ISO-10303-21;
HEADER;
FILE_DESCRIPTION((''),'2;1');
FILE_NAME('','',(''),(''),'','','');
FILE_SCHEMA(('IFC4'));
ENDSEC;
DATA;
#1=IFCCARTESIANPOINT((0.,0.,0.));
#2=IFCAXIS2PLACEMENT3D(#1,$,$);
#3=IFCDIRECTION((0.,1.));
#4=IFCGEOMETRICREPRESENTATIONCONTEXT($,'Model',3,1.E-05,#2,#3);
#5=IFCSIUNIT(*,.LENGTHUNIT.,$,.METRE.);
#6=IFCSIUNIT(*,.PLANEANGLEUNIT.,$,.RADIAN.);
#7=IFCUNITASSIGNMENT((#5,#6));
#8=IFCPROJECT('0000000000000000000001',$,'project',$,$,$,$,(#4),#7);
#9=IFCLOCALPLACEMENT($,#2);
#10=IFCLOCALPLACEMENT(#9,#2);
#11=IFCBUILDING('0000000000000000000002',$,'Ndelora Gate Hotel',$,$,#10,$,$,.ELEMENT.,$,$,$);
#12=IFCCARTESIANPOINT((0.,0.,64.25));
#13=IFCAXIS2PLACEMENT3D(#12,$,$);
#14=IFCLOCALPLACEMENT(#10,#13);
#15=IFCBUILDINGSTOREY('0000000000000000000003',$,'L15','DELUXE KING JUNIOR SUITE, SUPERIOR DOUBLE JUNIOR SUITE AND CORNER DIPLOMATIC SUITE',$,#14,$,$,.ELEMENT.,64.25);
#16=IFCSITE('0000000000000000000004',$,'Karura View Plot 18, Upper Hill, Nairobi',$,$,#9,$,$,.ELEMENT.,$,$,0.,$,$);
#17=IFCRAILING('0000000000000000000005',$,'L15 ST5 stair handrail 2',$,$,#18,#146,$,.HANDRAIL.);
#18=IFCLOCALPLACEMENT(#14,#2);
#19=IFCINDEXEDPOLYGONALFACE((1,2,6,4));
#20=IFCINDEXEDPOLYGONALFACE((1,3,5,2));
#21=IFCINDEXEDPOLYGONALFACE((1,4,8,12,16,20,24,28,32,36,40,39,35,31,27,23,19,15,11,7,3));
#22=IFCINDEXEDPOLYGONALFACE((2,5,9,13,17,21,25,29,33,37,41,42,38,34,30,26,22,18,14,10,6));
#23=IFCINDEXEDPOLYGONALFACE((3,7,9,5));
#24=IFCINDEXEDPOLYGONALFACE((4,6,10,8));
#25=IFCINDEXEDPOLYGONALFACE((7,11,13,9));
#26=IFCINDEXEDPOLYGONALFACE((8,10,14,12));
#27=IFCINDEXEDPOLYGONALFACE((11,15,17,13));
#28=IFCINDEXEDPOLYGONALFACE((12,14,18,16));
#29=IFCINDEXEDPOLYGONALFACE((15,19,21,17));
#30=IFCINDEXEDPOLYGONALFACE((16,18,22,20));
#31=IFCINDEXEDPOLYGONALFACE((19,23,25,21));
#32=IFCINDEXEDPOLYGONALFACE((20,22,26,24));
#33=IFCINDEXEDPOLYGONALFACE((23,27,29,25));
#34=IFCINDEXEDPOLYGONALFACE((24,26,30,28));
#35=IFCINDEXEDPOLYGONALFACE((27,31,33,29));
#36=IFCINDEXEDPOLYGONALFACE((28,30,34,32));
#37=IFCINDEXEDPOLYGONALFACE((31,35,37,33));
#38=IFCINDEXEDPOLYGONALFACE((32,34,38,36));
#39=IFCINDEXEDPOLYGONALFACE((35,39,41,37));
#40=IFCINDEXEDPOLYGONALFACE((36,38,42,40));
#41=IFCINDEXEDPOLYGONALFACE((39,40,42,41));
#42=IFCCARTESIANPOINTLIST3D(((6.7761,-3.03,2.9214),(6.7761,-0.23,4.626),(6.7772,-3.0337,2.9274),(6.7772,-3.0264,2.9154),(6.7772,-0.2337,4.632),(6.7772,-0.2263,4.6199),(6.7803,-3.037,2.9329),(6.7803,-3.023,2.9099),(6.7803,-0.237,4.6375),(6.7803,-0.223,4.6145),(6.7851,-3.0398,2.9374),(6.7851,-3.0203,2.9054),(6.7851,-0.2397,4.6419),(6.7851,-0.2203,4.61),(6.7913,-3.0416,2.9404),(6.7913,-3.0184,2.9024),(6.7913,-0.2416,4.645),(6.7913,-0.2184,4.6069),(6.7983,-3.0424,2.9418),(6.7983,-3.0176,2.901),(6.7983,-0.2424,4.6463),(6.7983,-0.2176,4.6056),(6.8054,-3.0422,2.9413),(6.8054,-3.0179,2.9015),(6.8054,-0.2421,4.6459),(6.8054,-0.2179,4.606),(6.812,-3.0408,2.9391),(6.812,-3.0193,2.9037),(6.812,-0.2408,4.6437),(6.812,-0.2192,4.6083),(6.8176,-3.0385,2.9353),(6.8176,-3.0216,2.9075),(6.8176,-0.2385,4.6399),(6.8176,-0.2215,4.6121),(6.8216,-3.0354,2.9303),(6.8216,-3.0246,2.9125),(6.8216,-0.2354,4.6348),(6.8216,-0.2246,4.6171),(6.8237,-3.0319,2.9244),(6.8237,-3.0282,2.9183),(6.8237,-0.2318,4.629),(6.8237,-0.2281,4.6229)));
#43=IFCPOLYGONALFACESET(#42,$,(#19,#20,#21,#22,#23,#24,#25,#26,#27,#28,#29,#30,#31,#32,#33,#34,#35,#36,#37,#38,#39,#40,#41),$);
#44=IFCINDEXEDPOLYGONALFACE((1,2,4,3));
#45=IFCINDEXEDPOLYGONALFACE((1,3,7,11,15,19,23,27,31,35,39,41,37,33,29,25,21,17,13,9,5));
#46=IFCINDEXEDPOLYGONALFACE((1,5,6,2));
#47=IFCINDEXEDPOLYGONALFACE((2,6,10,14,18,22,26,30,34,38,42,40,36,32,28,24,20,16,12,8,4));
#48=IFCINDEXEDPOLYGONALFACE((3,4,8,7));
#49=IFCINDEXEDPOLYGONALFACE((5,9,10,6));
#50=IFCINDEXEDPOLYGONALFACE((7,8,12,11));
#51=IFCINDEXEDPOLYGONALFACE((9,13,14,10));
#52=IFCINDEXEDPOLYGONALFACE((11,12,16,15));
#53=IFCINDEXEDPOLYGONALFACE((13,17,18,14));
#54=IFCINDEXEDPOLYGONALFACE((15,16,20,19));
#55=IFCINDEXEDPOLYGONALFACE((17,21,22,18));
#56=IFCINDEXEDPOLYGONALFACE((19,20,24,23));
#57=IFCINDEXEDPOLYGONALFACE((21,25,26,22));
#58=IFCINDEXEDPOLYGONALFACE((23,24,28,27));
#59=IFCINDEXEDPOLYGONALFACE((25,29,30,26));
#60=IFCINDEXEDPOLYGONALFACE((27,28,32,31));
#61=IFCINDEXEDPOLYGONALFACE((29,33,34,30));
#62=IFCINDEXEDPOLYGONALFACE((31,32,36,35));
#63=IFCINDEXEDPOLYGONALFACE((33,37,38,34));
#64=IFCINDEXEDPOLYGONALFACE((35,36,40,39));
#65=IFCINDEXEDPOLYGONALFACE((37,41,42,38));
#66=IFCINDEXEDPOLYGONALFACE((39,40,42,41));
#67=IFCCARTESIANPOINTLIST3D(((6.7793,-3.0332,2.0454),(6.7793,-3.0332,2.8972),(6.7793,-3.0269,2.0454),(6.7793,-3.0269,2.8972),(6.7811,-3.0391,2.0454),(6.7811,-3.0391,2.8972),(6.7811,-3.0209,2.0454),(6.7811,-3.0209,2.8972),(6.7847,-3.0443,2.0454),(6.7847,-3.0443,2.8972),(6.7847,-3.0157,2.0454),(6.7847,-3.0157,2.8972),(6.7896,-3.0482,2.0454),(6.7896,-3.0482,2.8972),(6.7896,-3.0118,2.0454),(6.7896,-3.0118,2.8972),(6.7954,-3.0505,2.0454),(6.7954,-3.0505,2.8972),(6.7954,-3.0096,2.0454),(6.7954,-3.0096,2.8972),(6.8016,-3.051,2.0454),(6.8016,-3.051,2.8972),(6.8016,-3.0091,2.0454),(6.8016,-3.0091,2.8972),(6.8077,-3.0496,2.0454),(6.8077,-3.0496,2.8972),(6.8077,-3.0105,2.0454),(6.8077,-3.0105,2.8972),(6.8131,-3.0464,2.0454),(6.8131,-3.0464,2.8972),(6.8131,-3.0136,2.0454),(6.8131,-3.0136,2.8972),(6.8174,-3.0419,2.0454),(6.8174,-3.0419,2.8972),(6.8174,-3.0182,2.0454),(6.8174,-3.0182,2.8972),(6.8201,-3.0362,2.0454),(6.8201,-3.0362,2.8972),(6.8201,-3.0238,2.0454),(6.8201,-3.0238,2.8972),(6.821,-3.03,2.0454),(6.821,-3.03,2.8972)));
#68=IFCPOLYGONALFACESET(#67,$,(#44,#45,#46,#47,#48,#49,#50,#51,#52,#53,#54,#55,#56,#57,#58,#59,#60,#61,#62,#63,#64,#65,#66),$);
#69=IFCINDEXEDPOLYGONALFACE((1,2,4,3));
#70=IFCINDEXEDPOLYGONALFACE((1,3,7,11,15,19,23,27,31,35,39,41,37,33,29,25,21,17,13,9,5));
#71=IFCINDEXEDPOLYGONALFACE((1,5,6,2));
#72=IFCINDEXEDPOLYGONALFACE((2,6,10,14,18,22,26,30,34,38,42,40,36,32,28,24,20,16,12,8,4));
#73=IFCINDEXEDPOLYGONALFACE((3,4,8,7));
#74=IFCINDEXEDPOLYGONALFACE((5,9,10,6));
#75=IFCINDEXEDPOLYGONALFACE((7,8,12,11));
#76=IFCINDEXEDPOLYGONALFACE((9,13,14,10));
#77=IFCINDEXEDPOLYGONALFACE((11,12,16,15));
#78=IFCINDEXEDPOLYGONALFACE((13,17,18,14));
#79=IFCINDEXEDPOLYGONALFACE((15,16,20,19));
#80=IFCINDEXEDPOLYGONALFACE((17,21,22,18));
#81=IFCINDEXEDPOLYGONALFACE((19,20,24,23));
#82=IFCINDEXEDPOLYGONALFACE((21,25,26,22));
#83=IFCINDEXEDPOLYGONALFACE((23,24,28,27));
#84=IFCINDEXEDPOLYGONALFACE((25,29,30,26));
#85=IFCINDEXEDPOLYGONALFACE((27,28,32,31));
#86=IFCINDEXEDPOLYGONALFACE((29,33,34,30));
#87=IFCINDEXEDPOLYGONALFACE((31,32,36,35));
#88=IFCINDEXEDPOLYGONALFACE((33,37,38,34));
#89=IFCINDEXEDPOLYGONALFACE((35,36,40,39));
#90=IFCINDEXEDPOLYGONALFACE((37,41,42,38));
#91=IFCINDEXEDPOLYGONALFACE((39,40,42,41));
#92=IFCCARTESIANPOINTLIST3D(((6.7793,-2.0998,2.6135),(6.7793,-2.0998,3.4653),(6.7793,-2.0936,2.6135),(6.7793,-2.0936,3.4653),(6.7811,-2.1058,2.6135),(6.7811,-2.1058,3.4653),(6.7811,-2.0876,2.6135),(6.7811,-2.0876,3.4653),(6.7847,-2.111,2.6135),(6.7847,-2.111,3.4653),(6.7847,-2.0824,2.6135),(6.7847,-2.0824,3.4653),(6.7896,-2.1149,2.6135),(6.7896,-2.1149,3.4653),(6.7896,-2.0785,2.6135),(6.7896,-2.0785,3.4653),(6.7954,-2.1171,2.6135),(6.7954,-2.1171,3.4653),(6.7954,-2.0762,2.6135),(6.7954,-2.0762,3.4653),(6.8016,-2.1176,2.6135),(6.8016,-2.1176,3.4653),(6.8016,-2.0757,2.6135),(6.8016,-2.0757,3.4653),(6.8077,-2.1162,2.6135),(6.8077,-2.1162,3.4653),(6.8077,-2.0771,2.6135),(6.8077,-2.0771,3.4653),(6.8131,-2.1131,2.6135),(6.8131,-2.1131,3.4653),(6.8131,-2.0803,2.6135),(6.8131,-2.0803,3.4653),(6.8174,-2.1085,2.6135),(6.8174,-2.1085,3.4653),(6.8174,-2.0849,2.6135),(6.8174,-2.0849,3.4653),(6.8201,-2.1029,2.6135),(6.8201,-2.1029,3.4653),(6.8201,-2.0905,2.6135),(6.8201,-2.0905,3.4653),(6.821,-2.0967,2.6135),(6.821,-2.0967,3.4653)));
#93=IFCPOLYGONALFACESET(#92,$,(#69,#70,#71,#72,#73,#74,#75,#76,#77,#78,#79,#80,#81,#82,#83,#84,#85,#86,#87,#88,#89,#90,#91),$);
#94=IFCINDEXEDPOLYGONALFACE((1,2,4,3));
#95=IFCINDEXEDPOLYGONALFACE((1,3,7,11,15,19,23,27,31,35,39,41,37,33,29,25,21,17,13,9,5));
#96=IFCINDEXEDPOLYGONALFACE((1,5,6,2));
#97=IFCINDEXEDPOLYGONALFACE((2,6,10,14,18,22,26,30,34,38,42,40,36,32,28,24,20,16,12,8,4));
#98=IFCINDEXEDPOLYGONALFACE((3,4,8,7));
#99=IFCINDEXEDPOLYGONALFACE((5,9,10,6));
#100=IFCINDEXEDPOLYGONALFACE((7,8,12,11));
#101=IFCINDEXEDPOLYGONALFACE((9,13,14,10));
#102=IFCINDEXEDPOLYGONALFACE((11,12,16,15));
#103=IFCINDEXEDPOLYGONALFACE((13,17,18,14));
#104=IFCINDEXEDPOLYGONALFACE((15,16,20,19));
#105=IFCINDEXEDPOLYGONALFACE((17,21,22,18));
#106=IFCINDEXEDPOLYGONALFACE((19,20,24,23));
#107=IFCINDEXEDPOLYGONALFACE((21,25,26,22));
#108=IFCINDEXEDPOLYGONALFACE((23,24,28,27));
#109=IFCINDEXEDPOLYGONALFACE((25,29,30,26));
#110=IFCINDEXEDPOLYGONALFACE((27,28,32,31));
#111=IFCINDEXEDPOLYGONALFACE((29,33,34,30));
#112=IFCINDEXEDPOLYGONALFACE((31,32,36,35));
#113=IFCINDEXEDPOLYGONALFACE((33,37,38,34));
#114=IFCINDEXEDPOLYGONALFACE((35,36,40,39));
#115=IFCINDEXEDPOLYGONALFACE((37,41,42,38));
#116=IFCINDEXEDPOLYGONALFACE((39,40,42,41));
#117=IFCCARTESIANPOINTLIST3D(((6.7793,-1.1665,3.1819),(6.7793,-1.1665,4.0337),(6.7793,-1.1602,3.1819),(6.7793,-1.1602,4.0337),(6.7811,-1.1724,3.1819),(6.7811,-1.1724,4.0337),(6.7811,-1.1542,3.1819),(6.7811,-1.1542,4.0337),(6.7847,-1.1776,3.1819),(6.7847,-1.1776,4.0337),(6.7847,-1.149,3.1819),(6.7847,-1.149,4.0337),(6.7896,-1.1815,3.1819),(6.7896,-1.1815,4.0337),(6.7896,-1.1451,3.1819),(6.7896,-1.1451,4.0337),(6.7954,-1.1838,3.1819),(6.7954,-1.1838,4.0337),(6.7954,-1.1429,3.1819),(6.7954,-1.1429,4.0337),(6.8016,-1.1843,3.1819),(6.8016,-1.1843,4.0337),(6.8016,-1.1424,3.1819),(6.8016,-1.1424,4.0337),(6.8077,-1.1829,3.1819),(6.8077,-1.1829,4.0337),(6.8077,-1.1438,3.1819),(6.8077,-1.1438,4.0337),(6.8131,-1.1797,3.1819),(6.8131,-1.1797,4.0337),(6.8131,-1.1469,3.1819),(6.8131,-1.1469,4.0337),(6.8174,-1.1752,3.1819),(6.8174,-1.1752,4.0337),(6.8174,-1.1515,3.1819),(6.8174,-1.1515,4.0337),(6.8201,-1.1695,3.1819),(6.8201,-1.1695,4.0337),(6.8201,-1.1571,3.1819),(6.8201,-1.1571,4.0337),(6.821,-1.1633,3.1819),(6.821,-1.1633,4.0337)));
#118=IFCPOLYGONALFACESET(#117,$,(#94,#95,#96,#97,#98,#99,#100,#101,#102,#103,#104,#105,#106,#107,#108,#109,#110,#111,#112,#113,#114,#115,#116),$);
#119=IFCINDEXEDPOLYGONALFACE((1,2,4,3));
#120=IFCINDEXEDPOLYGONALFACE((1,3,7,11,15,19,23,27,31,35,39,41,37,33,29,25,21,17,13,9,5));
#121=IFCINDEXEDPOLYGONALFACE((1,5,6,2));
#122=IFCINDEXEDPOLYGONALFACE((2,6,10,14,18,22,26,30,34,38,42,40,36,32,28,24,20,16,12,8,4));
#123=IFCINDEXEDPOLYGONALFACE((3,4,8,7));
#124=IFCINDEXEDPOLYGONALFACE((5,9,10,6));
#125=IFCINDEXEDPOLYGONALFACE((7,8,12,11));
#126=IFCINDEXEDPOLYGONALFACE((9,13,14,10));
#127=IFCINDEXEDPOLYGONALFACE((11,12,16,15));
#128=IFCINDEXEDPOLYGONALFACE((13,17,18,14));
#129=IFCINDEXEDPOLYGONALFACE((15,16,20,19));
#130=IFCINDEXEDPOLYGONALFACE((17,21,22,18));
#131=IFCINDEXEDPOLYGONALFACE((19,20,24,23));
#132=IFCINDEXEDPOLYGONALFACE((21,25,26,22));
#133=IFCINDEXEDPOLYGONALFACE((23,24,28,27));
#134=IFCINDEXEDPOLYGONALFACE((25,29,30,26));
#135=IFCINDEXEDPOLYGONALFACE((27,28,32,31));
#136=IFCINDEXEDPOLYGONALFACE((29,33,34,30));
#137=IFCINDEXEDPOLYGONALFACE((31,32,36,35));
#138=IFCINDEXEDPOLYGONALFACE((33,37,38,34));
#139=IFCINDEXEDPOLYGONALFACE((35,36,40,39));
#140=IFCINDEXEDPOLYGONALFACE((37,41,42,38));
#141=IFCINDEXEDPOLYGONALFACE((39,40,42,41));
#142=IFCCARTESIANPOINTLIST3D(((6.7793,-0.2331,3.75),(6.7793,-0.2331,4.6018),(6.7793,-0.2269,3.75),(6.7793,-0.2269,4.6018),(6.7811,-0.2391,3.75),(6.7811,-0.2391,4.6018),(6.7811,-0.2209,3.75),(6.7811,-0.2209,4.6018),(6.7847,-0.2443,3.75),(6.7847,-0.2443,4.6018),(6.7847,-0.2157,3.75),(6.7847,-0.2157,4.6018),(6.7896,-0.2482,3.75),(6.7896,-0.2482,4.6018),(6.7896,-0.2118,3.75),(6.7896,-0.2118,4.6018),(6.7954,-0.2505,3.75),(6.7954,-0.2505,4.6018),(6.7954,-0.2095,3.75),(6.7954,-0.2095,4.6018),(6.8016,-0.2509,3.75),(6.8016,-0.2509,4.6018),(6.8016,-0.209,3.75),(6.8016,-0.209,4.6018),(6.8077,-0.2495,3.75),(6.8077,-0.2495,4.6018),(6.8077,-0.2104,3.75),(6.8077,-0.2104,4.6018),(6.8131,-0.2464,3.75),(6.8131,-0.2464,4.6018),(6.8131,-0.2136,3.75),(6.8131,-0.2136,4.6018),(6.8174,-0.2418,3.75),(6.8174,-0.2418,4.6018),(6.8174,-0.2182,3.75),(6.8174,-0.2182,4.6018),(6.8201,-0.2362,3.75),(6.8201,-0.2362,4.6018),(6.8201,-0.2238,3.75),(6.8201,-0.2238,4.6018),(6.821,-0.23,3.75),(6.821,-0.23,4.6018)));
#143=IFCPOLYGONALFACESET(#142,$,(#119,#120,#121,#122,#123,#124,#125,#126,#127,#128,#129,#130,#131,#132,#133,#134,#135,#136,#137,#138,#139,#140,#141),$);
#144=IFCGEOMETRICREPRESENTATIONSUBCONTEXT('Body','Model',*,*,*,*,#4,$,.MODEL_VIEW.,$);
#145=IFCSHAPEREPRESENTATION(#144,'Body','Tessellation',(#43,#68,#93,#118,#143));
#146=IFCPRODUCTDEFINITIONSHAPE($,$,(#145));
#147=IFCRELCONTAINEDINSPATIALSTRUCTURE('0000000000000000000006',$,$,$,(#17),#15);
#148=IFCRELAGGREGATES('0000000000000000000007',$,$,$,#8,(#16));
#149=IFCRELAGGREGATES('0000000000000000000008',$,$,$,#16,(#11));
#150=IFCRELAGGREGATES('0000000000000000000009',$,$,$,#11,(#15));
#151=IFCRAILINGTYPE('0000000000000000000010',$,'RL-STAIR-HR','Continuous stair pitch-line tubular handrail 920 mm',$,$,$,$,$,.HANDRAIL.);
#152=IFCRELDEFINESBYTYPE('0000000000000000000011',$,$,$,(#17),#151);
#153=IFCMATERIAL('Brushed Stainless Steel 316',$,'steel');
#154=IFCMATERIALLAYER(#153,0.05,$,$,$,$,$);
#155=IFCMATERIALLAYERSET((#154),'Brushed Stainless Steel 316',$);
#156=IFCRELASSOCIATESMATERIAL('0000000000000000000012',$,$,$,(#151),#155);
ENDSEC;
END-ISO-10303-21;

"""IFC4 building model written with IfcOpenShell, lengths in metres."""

from ifc_helpers import new_model, si_unit, direction, frame, origin, origin_2d, place, context, subcontext, project, spatial, circle, extrude, material, layer, layer_set, type_object, element, save


model = new_model("IFC4")

# Units and contexts
model_context = context("Model", 3, precision=1e-05, world=origin(), true_north=direction((0.0, 1.0)))
body_context = subcontext(model_context, "Body", "Model", "MODEL_VIEW")
ifc_project = project(units=[si_unit("LENGTHUNIT", "METRE"), si_unit("PLANEANGLEUNIT", "RADIAN")], contexts=[model_context])

# Site, building, storey
site_placement = place(None, origin())
site = spatial("IfcSite", under=ifc_project, at=site_placement, Name="Karura View Plot 18, Upper Hill, Nairobi", CompositionType="ELEMENT", RefElevation=0.0)
building_placement = place(site_placement, origin())
building = spatial("IfcBuilding", under=site, at=building_placement, Name="Ndelora Gate Hotel", CompositionType="ELEMENT")
storey_placement = place(building_placement, frame((0.0, 0.0, 64.25)))
storey = spatial("IfcBuildingStorey", under=building, at=storey_placement, Name="L15", Description="DELUXE KING JUNIOR SUITE, SUPERIOR DOUBLE JUNIOR SUITE AND CORNER DIPLOMATIC SUITE", CompositionType="ELEMENT", Elevation=64.25)

# Railing
ifc_material_1 = material(Name="Brushed Stainless Steel 316", Category="steel")
ifc_layer_1 = layer(ifc_material_1, 0.05)
ifc_layer_set_1 = layer_set([ifc_layer_1], Name="Brushed Stainless Steel 316")
railing_type_1 = type_object("IfcRailingType", Name="RL-STAIR-HR", Description="Continuous stair pitch-line tubular handrail 920 mm", PredefinedType="HANDRAIL", material=ifc_layer_set_1)
railing_1_placement = place(storey_placement, frame((6.8, -3.03, 2.0454)))
element("IfcRailing", 1, at=railing_1_placement, inside=storey, type_object=railing_type_1, Name="L15 ST5 stair handrail 2", PredefinedType="HANDRAIL", context=body_context, shape_type="SweptSolid", body=[
    extrude(circle(Radius=0.0239, at=origin_2d()), frame((0.0, 0.0, 0.876), z_axis=(0.0, 0.85417, 0.519994), x_axis=(-1.0, 0.0, 0.0)), (0.0, 0.0, 1.0), 3.2781),
    extrude(circle(Radius=0.021, at=origin_2d()), origin(), (0.0, 0.0, 1.0), 0.8518),
    extrude(circle(Radius=0.021, at=origin_2d()), frame((0.0, 0.9333, 0.5681)), (0.0, 0.0, 1.0), 0.8518),
    extrude(circle(Radius=0.021, at=origin_2d()), frame((0.0, 1.8667, 1.1365)), (0.0, 0.0, 1.0), 0.8518),
    extrude(circle(Radius=0.021, at=origin_2d()), frame((0.0, 2.8, 1.7046)), (0.0, 0.0, 1.0), 0.8518),
])

save(model, "model.ifc")
